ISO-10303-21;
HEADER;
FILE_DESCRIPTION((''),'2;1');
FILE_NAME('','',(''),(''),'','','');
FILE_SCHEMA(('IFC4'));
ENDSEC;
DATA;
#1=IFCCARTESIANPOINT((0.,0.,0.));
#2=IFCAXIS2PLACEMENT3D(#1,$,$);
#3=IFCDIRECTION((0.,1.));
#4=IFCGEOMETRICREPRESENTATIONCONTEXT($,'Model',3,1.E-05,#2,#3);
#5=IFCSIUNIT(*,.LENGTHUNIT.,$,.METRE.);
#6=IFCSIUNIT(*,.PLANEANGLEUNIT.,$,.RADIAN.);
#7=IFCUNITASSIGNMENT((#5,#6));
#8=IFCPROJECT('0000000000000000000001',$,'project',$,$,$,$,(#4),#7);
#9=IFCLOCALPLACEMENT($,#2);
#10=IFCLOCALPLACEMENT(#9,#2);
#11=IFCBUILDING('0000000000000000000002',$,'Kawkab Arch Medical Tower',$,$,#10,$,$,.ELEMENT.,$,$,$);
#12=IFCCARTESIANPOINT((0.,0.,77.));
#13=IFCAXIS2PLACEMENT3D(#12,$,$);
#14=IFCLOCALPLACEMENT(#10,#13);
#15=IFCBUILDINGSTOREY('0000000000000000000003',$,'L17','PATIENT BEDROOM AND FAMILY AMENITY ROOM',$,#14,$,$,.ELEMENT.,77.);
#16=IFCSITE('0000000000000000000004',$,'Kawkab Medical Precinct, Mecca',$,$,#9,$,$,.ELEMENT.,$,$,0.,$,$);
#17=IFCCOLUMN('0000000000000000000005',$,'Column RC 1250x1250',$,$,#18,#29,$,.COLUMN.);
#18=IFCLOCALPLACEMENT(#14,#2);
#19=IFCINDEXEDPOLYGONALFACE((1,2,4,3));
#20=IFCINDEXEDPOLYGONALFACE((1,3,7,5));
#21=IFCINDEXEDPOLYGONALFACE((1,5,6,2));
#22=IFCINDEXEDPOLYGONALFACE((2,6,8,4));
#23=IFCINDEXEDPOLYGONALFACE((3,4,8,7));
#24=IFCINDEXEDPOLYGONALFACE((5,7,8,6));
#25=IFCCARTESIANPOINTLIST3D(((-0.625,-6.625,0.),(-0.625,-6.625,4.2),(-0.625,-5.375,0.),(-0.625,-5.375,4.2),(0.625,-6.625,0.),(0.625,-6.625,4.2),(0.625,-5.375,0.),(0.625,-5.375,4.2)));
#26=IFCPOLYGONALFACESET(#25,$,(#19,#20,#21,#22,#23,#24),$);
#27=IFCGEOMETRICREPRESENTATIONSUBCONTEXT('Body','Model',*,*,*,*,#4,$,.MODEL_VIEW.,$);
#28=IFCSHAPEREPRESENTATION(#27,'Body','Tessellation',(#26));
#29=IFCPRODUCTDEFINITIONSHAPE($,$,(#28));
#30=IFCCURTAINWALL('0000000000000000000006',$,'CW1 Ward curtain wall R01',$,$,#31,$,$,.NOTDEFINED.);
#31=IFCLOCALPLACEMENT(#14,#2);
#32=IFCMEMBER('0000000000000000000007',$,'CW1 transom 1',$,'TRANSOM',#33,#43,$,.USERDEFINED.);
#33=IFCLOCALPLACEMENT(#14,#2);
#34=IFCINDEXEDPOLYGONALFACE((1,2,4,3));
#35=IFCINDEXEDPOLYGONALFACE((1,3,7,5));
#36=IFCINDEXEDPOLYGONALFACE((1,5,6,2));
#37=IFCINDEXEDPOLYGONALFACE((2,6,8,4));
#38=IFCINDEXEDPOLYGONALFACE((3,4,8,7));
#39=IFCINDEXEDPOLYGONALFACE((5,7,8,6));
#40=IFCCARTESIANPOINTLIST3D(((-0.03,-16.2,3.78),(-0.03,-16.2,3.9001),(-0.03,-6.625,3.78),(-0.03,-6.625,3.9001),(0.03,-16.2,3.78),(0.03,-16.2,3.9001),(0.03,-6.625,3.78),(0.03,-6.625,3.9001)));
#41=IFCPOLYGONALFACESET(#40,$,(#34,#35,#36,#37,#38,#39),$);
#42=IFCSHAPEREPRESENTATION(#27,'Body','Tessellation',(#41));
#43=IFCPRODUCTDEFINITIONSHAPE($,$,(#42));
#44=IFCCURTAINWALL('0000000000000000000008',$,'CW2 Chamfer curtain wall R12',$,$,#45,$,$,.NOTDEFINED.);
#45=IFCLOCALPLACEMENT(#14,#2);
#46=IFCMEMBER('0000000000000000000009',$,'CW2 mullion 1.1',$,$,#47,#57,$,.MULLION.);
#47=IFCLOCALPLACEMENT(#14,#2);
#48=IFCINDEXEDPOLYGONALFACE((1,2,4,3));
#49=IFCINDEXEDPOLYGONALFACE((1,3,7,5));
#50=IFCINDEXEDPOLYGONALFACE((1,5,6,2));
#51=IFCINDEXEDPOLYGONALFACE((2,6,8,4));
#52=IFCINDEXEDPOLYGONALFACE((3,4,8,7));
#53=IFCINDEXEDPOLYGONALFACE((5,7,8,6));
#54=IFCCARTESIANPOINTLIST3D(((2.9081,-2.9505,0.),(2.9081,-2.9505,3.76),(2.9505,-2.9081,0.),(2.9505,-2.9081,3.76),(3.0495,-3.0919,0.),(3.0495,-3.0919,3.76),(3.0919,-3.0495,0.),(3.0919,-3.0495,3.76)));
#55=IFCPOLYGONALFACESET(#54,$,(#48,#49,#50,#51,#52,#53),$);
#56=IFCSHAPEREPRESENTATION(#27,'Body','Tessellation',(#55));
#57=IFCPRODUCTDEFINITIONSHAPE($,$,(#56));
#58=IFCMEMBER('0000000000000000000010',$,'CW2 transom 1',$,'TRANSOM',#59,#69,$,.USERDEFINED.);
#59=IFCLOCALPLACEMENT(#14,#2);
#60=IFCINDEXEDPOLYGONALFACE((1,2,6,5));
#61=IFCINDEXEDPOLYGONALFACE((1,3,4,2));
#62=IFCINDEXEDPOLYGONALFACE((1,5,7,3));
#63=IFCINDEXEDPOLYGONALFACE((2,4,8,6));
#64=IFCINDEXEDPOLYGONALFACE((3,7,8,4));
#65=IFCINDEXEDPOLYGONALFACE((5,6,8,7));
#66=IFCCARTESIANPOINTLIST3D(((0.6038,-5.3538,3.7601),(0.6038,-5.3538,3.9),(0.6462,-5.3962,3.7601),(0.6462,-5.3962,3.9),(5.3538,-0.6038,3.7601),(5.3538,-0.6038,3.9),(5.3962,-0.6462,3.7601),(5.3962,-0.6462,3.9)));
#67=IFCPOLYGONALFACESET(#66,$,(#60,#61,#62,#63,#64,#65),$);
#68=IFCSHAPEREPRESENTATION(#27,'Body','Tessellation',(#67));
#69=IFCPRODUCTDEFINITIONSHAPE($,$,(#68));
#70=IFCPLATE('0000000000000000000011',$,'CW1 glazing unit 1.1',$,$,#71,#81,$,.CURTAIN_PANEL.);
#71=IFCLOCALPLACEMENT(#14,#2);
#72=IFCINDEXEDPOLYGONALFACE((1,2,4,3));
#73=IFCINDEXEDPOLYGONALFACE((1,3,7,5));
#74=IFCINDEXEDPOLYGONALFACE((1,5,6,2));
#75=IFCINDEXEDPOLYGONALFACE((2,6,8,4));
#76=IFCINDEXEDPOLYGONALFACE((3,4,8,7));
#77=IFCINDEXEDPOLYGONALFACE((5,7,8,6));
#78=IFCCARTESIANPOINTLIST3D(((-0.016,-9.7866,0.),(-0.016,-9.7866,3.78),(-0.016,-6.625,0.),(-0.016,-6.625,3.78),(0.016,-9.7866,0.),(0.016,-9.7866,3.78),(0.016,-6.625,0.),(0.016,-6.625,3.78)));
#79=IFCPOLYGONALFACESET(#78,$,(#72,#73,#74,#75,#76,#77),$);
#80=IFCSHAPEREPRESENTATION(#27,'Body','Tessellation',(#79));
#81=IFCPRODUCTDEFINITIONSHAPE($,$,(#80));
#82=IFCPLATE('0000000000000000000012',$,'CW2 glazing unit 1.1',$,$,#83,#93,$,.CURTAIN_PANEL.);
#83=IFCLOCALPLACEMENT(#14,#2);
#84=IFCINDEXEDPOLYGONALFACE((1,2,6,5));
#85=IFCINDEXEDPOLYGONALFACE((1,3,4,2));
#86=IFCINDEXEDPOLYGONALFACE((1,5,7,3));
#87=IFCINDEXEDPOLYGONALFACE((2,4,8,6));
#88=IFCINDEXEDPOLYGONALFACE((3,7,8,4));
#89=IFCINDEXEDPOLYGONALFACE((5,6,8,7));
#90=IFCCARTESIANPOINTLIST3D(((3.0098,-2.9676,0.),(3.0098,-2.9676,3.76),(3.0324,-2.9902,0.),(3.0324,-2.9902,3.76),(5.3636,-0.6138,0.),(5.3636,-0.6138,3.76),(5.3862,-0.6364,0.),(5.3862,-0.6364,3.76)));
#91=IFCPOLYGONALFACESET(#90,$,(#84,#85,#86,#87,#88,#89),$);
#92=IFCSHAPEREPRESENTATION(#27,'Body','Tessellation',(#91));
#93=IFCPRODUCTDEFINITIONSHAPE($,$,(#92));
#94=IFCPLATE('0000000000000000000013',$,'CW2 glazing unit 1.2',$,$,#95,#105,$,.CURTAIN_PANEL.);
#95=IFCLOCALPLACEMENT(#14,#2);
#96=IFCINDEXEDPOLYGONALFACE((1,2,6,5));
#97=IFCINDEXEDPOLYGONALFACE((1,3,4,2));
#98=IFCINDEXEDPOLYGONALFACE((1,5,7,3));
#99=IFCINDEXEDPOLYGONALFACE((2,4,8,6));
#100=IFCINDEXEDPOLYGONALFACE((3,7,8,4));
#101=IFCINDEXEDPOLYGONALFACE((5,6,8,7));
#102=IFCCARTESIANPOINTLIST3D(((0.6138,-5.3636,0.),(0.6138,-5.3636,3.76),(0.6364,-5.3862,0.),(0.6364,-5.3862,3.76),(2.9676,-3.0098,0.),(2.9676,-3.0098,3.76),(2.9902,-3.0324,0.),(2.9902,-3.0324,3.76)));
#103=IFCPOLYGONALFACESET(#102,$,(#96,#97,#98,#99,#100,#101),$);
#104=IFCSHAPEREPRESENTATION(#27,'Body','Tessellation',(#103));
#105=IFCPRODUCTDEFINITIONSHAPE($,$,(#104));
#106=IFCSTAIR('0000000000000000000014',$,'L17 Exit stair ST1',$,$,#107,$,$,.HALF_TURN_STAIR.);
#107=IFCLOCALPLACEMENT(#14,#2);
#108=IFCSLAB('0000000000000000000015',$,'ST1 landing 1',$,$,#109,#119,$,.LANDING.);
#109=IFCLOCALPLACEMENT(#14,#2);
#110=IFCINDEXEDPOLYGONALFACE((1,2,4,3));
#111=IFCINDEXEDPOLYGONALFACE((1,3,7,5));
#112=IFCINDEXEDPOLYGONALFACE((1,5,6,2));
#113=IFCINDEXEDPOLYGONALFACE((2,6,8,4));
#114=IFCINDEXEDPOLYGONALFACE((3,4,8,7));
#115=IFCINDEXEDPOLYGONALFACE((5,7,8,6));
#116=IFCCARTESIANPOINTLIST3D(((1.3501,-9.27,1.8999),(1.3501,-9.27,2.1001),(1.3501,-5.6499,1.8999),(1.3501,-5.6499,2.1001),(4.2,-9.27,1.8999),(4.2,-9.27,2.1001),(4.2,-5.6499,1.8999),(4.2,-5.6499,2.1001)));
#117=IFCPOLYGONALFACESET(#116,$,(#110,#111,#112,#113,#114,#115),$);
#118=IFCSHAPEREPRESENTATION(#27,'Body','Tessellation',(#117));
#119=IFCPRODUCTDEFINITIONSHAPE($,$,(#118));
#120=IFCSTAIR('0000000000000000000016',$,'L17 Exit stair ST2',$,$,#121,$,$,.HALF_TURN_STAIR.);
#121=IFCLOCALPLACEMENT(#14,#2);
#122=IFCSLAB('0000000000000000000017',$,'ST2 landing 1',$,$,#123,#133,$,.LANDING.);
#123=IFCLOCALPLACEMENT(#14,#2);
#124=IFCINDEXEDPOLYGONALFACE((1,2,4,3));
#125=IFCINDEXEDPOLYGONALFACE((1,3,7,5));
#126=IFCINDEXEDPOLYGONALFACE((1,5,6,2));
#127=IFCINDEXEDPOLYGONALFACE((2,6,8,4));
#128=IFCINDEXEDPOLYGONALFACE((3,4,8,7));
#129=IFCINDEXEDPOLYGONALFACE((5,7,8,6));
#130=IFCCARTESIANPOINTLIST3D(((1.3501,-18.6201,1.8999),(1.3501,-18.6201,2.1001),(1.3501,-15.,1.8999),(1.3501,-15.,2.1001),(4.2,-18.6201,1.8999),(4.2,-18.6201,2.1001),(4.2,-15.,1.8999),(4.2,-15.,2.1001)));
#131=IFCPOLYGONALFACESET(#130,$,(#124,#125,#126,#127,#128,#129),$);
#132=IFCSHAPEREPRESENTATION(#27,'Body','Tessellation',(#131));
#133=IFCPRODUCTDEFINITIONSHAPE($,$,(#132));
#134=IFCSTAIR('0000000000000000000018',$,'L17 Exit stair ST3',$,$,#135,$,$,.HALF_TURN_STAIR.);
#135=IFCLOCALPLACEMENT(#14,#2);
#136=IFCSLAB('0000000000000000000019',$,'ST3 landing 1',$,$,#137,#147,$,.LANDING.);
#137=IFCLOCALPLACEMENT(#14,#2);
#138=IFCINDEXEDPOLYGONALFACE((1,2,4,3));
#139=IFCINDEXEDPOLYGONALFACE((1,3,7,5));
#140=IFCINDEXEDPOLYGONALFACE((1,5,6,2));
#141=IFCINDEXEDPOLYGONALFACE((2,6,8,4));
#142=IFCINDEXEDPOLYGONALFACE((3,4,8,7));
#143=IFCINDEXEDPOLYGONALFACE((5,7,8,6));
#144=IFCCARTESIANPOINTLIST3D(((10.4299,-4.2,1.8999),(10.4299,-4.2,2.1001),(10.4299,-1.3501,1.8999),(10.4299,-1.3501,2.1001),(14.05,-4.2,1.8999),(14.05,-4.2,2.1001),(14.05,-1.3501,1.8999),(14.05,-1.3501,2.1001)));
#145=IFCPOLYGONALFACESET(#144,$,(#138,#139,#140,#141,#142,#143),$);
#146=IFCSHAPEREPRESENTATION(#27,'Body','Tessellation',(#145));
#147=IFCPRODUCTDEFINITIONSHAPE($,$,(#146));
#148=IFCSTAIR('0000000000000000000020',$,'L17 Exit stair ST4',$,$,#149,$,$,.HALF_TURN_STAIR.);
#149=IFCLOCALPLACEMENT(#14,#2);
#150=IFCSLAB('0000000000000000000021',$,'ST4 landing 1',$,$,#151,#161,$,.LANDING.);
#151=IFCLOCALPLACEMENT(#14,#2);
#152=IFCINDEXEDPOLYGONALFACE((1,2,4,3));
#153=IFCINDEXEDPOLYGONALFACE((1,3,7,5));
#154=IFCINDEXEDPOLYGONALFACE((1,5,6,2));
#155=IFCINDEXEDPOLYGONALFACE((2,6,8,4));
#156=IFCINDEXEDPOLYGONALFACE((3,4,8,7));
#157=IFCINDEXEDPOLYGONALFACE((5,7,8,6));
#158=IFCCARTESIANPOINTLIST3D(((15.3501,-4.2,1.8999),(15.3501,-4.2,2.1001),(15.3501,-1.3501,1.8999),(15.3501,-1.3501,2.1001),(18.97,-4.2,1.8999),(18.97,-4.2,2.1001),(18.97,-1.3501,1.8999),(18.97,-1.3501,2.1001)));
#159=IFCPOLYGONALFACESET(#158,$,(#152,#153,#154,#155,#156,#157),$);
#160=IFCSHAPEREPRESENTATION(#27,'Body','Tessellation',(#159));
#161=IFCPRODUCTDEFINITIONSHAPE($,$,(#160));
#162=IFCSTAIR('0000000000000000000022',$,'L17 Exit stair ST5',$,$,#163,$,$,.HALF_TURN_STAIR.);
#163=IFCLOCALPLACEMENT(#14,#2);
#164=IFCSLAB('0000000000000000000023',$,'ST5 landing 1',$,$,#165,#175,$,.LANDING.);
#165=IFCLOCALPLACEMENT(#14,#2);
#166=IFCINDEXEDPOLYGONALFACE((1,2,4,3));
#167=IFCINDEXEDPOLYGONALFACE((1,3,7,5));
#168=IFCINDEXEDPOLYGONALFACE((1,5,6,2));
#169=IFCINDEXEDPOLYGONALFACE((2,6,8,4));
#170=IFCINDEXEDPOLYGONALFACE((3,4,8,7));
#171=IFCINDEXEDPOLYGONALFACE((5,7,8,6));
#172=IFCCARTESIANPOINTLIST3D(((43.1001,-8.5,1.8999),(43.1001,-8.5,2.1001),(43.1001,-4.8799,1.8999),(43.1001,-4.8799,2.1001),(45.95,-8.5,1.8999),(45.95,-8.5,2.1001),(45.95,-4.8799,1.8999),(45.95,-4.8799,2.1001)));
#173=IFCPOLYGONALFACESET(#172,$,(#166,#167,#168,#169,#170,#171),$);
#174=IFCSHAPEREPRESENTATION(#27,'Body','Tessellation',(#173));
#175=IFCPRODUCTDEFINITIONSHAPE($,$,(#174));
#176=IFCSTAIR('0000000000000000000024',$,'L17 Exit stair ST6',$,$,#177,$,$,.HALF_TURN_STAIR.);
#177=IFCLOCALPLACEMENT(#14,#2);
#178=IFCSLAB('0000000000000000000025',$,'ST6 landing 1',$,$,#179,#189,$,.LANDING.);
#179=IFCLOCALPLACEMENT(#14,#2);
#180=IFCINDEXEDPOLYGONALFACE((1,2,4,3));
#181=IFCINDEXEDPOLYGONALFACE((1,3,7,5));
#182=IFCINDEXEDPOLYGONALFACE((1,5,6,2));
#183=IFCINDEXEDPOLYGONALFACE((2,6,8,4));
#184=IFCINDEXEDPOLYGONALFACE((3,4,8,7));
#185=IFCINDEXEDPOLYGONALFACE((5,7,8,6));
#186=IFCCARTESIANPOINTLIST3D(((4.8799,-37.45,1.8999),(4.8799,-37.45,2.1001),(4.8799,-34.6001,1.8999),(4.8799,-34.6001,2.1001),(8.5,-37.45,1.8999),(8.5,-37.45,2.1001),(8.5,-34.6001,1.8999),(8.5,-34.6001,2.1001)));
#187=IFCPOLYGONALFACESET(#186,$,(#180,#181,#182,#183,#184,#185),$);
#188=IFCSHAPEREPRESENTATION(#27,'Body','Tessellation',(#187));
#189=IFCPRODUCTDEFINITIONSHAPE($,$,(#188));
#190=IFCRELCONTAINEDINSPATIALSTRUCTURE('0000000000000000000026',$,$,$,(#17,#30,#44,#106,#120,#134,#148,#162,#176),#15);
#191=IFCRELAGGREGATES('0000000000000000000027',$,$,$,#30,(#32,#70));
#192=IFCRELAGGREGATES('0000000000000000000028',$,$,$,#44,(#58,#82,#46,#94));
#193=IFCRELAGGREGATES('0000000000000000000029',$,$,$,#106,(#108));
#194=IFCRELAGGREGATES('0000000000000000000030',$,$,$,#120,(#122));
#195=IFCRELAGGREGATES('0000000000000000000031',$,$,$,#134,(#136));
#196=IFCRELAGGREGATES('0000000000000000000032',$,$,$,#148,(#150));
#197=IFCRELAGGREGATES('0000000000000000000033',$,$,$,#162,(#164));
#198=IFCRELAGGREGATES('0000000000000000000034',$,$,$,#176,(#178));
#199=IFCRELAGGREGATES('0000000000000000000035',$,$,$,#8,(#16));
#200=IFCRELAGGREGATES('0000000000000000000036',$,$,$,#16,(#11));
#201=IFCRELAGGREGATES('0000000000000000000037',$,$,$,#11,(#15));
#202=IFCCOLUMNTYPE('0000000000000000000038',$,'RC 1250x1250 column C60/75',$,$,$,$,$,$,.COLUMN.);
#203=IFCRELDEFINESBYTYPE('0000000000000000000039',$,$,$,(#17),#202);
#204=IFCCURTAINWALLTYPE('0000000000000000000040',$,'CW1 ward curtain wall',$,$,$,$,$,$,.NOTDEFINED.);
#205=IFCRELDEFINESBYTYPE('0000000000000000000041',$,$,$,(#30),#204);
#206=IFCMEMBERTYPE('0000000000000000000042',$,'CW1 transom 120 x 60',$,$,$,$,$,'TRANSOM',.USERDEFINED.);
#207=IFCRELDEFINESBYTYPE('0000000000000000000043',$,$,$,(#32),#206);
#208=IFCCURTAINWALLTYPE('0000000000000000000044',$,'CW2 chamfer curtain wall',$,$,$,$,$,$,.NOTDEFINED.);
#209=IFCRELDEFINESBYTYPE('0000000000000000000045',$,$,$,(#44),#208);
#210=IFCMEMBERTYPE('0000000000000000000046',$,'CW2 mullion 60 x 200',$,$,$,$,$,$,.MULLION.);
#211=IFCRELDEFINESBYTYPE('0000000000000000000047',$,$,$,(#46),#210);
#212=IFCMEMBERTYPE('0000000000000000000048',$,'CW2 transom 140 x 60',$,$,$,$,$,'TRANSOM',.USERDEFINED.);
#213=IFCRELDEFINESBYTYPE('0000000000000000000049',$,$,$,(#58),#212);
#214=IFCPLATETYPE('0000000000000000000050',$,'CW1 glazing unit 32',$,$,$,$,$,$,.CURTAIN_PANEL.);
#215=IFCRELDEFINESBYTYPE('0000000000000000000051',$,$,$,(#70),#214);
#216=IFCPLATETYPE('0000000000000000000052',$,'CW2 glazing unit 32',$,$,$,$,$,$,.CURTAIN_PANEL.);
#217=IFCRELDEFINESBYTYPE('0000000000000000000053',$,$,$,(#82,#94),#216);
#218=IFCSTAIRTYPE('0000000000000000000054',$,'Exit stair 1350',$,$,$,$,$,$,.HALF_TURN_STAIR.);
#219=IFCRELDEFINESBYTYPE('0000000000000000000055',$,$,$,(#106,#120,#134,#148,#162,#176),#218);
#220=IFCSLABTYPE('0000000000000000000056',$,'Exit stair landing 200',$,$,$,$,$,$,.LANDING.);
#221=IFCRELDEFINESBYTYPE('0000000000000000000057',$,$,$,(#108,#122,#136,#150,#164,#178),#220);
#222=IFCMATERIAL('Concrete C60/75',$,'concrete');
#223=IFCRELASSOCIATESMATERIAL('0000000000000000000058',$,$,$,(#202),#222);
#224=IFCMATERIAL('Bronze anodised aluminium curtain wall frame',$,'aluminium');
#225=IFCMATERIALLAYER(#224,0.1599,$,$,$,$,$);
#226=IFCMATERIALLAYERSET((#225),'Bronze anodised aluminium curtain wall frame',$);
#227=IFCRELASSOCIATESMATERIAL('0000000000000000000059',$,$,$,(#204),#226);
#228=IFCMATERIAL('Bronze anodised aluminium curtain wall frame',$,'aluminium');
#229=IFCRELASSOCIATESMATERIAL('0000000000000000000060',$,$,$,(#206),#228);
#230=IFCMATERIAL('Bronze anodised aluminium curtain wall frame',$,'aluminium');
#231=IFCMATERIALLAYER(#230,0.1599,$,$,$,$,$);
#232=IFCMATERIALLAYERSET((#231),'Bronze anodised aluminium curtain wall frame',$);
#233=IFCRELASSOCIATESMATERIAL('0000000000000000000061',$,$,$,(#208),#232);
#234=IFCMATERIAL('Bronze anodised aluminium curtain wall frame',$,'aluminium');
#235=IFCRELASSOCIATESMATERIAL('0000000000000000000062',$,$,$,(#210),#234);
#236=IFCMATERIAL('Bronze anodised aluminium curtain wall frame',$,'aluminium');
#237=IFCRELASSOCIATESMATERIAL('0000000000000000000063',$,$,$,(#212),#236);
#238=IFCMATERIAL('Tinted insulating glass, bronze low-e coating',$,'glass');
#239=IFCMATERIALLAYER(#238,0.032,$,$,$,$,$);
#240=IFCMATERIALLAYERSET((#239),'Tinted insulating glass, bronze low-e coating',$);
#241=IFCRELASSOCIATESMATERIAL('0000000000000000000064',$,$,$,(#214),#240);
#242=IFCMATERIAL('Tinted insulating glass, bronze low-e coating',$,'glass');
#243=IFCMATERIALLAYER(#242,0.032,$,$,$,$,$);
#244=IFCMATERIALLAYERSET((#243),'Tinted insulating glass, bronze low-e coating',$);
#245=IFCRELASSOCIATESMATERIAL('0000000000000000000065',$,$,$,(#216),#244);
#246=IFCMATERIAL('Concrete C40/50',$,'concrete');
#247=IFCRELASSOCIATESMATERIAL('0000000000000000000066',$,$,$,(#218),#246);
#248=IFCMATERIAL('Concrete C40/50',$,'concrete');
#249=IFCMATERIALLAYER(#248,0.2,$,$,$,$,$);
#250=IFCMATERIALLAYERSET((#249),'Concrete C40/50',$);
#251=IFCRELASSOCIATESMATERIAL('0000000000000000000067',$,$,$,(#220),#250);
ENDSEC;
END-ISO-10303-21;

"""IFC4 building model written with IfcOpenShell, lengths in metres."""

from ifc_helpers import new_model, si_unit, direction, frame, origin, origin_2d, place, context, subcontext, project, spatial, polyline, rectangle, outline, extrude, material, layer, layer_set, material_profile, profile_set, type_object, element, aggregate, save


model = new_model("IFC4")

# Units and contexts
model_context = context("Model", 3, precision=1e-05, world=origin(), true_north=direction((0.0, 1.0)))
body_context = subcontext(model_context, "Body", "Model", "MODEL_VIEW")
ifc_project = project(units=[si_unit("LENGTHUNIT", "METRE"), si_unit("PLANEANGLEUNIT", "RADIAN")], contexts=[model_context])

# Site, building, storey
site_placement = place(None, origin())
site = spatial("IfcSite", under=ifc_project, at=site_placement, Name="Kawkab Medical Precinct, Mecca", CompositionType="ELEMENT", RefElevation=0.0)
building_placement = place(site_placement, origin())
building = spatial("IfcBuilding", under=site, at=building_placement, Name="Kawkab Arch Medical Tower", CompositionType="ELEMENT")
storey_placement = place(building_placement, frame((0.0, 0.0, 77.0)))
storey = spatial("IfcBuildingStorey", under=building, at=storey_placement, Name="L17", Description="PATIENT BEDROOM AND FAMILY AMENITY ROOM", CompositionType="ELEMENT", Elevation=77.0)

# Column
ifc_material_1 = material(Name="Concrete C60/75", Category="concrete")
ifc_material_profile_1 = material_profile(ifc_material_1, rectangle(XDim=1.25, YDim=1.25, at=origin_2d()), Name="RC 1250x1250")
ifc_profile_set_1 = profile_set([ifc_material_profile_1], Name="Concrete C60/75")
column_type = type_object("IfcColumnType", Name="RC 1250x1250 column C60/75", PredefinedType="COLUMN", material=ifc_profile_set_1)
column_placement = place(storey_placement, frame((0.0, -6.0, 0.0), z_axis=(0.0, 0.0, 1.0), x_axis=(1.0, 0.0, 0.0)))
element("IfcColumn", 1, at=column_placement, inside=storey, type_object=column_type, Name="Column RC 1250x1250", PredefinedType="COLUMN", context=body_context, shape_type="SweptSolid", body=[
    extrude(rectangle(XDim=1.25, YDim=1.25, at=origin_2d()), origin(), (0.0, 0.0, 1.0), 4.2),
])

# Curtain wall, member
ifc_material_2 = material(Name="Bronze anodised aluminium curtain wall frame", Category="aluminium")
ifc_layer_1 = layer(ifc_material_2, 0.1599)
ifc_layer_set_1 = layer_set([ifc_layer_1], Name="Bronze anodised aluminium curtain wall frame")
curtain_wall_type_1 = type_object("IfcCurtainWallType", Name="CW1 ward curtain wall", PredefinedType="NOTDEFINED", material=ifc_layer_set_1)
placement_1 = place(storey_placement, origin())
curtain_wall_1 = element("IfcCurtainWall", 2, at=placement_1, inside=storey, type_object=curtain_wall_type_1, Name="CW1 Ward curtain wall R01", PredefinedType="NOTDEFINED")
ifc_material_3 = material(Name="Bronze anodised aluminium curtain wall frame", Category="aluminium")
ifc_material_profile_2 = material_profile(ifc_material_3, rectangle(XDim=0.0601, YDim=0.1201, at=origin_2d()), Name="AL 60x120")
ifc_profile_set_2 = profile_set([ifc_material_profile_2], Name="Bronze anodised aluminium curtain wall frame")
member_type_1 = type_object("IfcMemberType", Name="CW1 transom 120 x 60", ElementType="TRANSOM", PredefinedType="USERDEFINED", material=ifc_profile_set_2)
member_1_placement = place(storey_placement, frame((0.0, -6.625, 3.8401), z_axis=(0.0, -1.0, 0.0), x_axis=(1.0, 0.0, 0.0)))
member_1 = element("IfcMember", 3, at=member_1_placement, type_object=member_type_1, Name="CW1 transom 1", ObjectType="TRANSOM", PredefinedType="USERDEFINED", context=body_context, shape_type="SweptSolid", body=[
    extrude(rectangle(XDim=0.0601, YDim=0.1201, at=origin_2d()), origin(), (0.0, 0.0, 1.0), 9.575),
])

# Curtain wall, members
ifc_material_4 = material(Name="Bronze anodised aluminium curtain wall frame", Category="aluminium")
ifc_layer_2 = layer(ifc_material_4, 0.1599)
ifc_layer_set_2 = layer_set([ifc_layer_2], Name="Bronze anodised aluminium curtain wall frame")
curtain_wall_type_2 = type_object("IfcCurtainWallType", Name="CW2 chamfer curtain wall", PredefinedType="NOTDEFINED", material=ifc_layer_set_2)
curtain_wall_2 = element("IfcCurtainWall", 4, at=placement_1, inside=storey, type_object=curtain_wall_type_2, Name="CW2 Chamfer curtain wall R12", PredefinedType="NOTDEFINED")
ifc_material_5 = material(Name="Bronze anodised aluminium curtain wall frame", Category="aluminium")
ifc_material_profile_3 = material_profile(ifc_material_5, rectangle(XDim=0.2, YDim=0.0601, at=origin_2d()), Name="AL 60x200")
ifc_profile_set_3 = profile_set([ifc_material_profile_3], Name="Bronze anodised aluminium curtain wall frame")
member_type_2 = type_object("IfcMemberType", Name="CW2 mullion 60 x 200", PredefinedType="MULLION", material=ifc_profile_set_3)
member_2_placement = place(storey_placement, frame((3.0, -3.0, 0.0), z_axis=(0.0, 0.0, 1.0), x_axis=(0.707107, -0.707107, 0.0)))
member_2 = element("IfcMember", 5, at=member_2_placement, type_object=member_type_2, Name="CW2 mullion 1.1", PredefinedType="MULLION", context=body_context, shape_type="SweptSolid", body=[
    extrude(rectangle(XDim=0.2, YDim=0.0601, at=origin_2d()), origin(), (0.0, 0.0, 1.0), 3.76),
])
ifc_material_6 = material(Name="Bronze anodised aluminium curtain wall frame", Category="aluminium")
ifc_material_profile_4 = material_profile(ifc_material_6, rectangle(XDim=0.0601, YDim=0.1399, at=origin_2d()), Name="AL 60x140")
ifc_profile_set_4 = profile_set([ifc_material_profile_4], Name="Bronze anodised aluminium curtain wall frame")
member_type_3 = type_object("IfcMemberType", Name="CW2 transom 140 x 60", ElementType="TRANSOM", PredefinedType="USERDEFINED", material=ifc_profile_set_4)
member_3_placement = place(storey_placement, frame((5.375, -0.625, 3.8301), z_axis=(-0.707107, -0.707107, 0.0), x_axis=(0.707107, -0.707107, 0.0)))
member_3 = element("IfcMember", 6, at=member_3_placement, type_object=member_type_3, Name="CW2 transom 1", ObjectType="TRANSOM", PredefinedType="USERDEFINED", context=body_context, shape_type="SweptSolid", body=[
    extrude(rectangle(XDim=0.0601, YDim=0.1399, at=origin_2d()), origin(), (0.0, 0.0, 1.0), 6.7175),
])

# Plates
ifc_material_7 = material(Name="Tinted insulating glass, bronze low-e coating", Category="glass")
ifc_layer_3 = layer(ifc_material_7, 0.032)
ifc_layer_set_3 = layer_set([ifc_layer_3], Name="Tinted insulating glass, bronze low-e coating")
plate_type_1 = type_object("IfcPlateType", Name="CW1 glazing unit 32", PredefinedType="CURTAIN_PANEL", material=ifc_layer_set_3)
plate_1_placement = place(storey_placement, frame((0.0, -8.2058, 0.0), z_axis=(0.0, 0.0, 1.0), x_axis=(0.0, -1.0, 0.0)))
plate_1 = element("IfcPlate", 7, at=plate_1_placement, type_object=plate_type_1, Name="CW1 glazing unit 1.1", PredefinedType="CURTAIN_PANEL", context=body_context, shape_type="SweptSolid", body=[
    extrude(rectangle(XDim=3.1616, YDim=0.032, at=origin_2d()), origin(), (0.0, 0.0, 1.0), 3.78),
])
aggregate(curtain_wall_1, [member_1, plate_1])
ifc_material_8 = material(Name="Tinted insulating glass, bronze low-e coating", Category="glass")
ifc_layer_4 = layer(ifc_material_8, 0.032)
ifc_layer_set_4 = layer_set([ifc_layer_4], Name="Tinted insulating glass, bronze low-e coating")
plate_type_2 = type_object("IfcPlateType", Name="CW2 glazing unit 32", PredefinedType="CURTAIN_PANEL", material=ifc_layer_set_4)
plate_2_placement = place(storey_placement, frame((4.198, -1.802, 0.0), z_axis=(0.0, 0.0, 1.0), x_axis=(-0.707107, -0.707107, 0.0)))
plate_2 = element("IfcPlate", 8, at=plate_2_placement, type_object=plate_type_2, Name="CW2 glazing unit 1.1", PredefinedType="CURTAIN_PANEL", context=body_context, shape_type="SweptSolid", body=[
    extrude(rectangle(XDim=3.3289, YDim=0.032, at=origin_2d()), origin(), (0.0, 0.0, 1.0), 3.76),
])
plate_3_placement = place(storey_placement, frame((1.802, -4.198, 0.0), z_axis=(0.0, 0.0, 1.0), x_axis=(-0.707107, -0.707107, 0.0)))
plate_3 = element("IfcPlate", 9, at=plate_3_placement, type_object=plate_type_2, Name="CW2 glazing unit 1.2", PredefinedType="CURTAIN_PANEL", context=body_context, shape_type="SweptSolid", body=[
    extrude(rectangle(XDim=3.3289, YDim=0.032, at=origin_2d()), origin(), (0.0, 0.0, 1.0), 3.76),
])
aggregate(curtain_wall_2, [member_3, plate_2, member_2, plate_3])

# Stairs, slabs
ifc_material_9 = material(Name="Concrete C40/50", Category="concrete")
stair_type = type_object("IfcStairType", Name="Exit stair 1350", PredefinedType="HALF_TURN_STAIR", material=ifc_material_9)
stair_1 = element("IfcStair", 10, at=placement_1, inside=storey, type_object=stair_type, Name="L17 Exit stair ST1", PredefinedType="HALF_TURN_STAIR")
ifc_material_10 = material(Name="Concrete C40/50", Category="concrete")
ifc_layer_5 = layer(ifc_material_10, 0.2)
ifc_layer_set_5 = layer_set([ifc_layer_5], Name="Concrete C40/50")
slab_type_1 = type_object("IfcSlabType", Name="Exit stair landing 200", PredefinedType="LANDING", material=ifc_layer_set_5)
placement_2 = place(storey_placement, frame((0.0, 0.0, 1.8999)))
slab_1 = element("IfcSlab", 11, at=placement_2, type_object=slab_type_1, Name="ST1 landing 1", PredefinedType="LANDING", context=body_context, shape_type="SweptSolid", body=[
    extrude(outline(polyline([(4.2, -9.27), (4.2, -5.6499), (1.3501, -5.6499), (1.3501, -9.27), (4.2, -9.27)])), origin(), (0.0, 0.0, 1.0), 0.2002),
])
aggregate(stair_1, [slab_1])
stair_2 = element("IfcStair", 12, at=placement_1, inside=storey, type_object=stair_type, Name="L17 Exit stair ST2", PredefinedType="HALF_TURN_STAIR")
slab_2 = element("IfcSlab", 13, at=placement_2, type_object=slab_type_1, Name="ST2 landing 1", PredefinedType="LANDING", context=body_context, shape_type="SweptSolid", body=[
    extrude(outline(polyline([(4.2, -18.6201), (4.2, -15.0), (1.3501, -15.0), (1.3501, -18.6201), (4.2, -18.6201)])), origin(), (0.0, 0.0, 1.0), 0.2002),
])
aggregate(stair_2, [slab_2])
stair_3 = element("IfcStair", 14, at=placement_1, inside=storey, type_object=stair_type, Name="L17 Exit stair ST3", PredefinedType="HALF_TURN_STAIR")
slab_3 = element("IfcSlab", 15, at=placement_2, type_object=slab_type_1, Name="ST3 landing 1", PredefinedType="LANDING", context=body_context, shape_type="SweptSolid", body=[
    extrude(outline(polyline([(10.4299, -4.2), (14.05, -4.2), (14.05, -1.3501), (10.4299, -1.3501), (10.4299, -4.2)])), origin(), (0.0, 0.0, 1.0), 0.2002),
])
aggregate(stair_3, [slab_3])
stair_4 = element("IfcStair", 16, at=placement_1, inside=storey, type_object=stair_type, Name="L17 Exit stair ST4", PredefinedType="HALF_TURN_STAIR")
slab_4 = element("IfcSlab", 17, at=placement_2, type_object=slab_type_1, Name="ST4 landing 1", PredefinedType="LANDING", context=body_context, shape_type="SweptSolid", body=[
    extrude(outline(polyline([(18.97, -1.3501), (15.3501, -1.3501), (15.3501, -4.2), (18.97, -4.2), (18.97, -1.3501)])), origin(), (0.0, 0.0, 1.0), 0.2002),
])
aggregate(stair_4, [slab_4])
stair_5 = element("IfcStair", 18, at=placement_1, inside=storey, type_object=stair_type, Name="L17 Exit stair ST5", PredefinedType="HALF_TURN_STAIR")
slab_5 = element("IfcSlab", 19, at=placement_2, type_object=slab_type_1, Name="ST5 landing 1", PredefinedType="LANDING", context=body_context, shape_type="SweptSolid", body=[
    extrude(outline(polyline([(43.1001, -4.8799), (43.1001, -8.5), (45.95, -8.5), (45.95, -4.8799), (43.1001, -4.8799)])), origin(), (0.0, 0.0, 1.0), 0.2002),
])
aggregate(stair_5, [slab_5])
stair_6 = element("IfcStair", 20, at=placement_1, inside=storey, type_object=stair_type, Name="L17 Exit stair ST6", PredefinedType="HALF_TURN_STAIR")
slab_6 = element("IfcSlab", 21, at=placement_2, type_object=slab_type_1, Name="ST6 landing 1", PredefinedType="LANDING", context=body_context, shape_type="SweptSolid", body=[
    extrude(outline(polyline([(4.8799, -37.45), (8.5, -37.45), (8.5, -34.6001), (4.8799, -34.6001), (4.8799, -37.45)])), origin(), (0.0, 0.0, 1.0), 0.2002),
])
aggregate(stair_6, [slab_6])

save(model, "model.ifc")
